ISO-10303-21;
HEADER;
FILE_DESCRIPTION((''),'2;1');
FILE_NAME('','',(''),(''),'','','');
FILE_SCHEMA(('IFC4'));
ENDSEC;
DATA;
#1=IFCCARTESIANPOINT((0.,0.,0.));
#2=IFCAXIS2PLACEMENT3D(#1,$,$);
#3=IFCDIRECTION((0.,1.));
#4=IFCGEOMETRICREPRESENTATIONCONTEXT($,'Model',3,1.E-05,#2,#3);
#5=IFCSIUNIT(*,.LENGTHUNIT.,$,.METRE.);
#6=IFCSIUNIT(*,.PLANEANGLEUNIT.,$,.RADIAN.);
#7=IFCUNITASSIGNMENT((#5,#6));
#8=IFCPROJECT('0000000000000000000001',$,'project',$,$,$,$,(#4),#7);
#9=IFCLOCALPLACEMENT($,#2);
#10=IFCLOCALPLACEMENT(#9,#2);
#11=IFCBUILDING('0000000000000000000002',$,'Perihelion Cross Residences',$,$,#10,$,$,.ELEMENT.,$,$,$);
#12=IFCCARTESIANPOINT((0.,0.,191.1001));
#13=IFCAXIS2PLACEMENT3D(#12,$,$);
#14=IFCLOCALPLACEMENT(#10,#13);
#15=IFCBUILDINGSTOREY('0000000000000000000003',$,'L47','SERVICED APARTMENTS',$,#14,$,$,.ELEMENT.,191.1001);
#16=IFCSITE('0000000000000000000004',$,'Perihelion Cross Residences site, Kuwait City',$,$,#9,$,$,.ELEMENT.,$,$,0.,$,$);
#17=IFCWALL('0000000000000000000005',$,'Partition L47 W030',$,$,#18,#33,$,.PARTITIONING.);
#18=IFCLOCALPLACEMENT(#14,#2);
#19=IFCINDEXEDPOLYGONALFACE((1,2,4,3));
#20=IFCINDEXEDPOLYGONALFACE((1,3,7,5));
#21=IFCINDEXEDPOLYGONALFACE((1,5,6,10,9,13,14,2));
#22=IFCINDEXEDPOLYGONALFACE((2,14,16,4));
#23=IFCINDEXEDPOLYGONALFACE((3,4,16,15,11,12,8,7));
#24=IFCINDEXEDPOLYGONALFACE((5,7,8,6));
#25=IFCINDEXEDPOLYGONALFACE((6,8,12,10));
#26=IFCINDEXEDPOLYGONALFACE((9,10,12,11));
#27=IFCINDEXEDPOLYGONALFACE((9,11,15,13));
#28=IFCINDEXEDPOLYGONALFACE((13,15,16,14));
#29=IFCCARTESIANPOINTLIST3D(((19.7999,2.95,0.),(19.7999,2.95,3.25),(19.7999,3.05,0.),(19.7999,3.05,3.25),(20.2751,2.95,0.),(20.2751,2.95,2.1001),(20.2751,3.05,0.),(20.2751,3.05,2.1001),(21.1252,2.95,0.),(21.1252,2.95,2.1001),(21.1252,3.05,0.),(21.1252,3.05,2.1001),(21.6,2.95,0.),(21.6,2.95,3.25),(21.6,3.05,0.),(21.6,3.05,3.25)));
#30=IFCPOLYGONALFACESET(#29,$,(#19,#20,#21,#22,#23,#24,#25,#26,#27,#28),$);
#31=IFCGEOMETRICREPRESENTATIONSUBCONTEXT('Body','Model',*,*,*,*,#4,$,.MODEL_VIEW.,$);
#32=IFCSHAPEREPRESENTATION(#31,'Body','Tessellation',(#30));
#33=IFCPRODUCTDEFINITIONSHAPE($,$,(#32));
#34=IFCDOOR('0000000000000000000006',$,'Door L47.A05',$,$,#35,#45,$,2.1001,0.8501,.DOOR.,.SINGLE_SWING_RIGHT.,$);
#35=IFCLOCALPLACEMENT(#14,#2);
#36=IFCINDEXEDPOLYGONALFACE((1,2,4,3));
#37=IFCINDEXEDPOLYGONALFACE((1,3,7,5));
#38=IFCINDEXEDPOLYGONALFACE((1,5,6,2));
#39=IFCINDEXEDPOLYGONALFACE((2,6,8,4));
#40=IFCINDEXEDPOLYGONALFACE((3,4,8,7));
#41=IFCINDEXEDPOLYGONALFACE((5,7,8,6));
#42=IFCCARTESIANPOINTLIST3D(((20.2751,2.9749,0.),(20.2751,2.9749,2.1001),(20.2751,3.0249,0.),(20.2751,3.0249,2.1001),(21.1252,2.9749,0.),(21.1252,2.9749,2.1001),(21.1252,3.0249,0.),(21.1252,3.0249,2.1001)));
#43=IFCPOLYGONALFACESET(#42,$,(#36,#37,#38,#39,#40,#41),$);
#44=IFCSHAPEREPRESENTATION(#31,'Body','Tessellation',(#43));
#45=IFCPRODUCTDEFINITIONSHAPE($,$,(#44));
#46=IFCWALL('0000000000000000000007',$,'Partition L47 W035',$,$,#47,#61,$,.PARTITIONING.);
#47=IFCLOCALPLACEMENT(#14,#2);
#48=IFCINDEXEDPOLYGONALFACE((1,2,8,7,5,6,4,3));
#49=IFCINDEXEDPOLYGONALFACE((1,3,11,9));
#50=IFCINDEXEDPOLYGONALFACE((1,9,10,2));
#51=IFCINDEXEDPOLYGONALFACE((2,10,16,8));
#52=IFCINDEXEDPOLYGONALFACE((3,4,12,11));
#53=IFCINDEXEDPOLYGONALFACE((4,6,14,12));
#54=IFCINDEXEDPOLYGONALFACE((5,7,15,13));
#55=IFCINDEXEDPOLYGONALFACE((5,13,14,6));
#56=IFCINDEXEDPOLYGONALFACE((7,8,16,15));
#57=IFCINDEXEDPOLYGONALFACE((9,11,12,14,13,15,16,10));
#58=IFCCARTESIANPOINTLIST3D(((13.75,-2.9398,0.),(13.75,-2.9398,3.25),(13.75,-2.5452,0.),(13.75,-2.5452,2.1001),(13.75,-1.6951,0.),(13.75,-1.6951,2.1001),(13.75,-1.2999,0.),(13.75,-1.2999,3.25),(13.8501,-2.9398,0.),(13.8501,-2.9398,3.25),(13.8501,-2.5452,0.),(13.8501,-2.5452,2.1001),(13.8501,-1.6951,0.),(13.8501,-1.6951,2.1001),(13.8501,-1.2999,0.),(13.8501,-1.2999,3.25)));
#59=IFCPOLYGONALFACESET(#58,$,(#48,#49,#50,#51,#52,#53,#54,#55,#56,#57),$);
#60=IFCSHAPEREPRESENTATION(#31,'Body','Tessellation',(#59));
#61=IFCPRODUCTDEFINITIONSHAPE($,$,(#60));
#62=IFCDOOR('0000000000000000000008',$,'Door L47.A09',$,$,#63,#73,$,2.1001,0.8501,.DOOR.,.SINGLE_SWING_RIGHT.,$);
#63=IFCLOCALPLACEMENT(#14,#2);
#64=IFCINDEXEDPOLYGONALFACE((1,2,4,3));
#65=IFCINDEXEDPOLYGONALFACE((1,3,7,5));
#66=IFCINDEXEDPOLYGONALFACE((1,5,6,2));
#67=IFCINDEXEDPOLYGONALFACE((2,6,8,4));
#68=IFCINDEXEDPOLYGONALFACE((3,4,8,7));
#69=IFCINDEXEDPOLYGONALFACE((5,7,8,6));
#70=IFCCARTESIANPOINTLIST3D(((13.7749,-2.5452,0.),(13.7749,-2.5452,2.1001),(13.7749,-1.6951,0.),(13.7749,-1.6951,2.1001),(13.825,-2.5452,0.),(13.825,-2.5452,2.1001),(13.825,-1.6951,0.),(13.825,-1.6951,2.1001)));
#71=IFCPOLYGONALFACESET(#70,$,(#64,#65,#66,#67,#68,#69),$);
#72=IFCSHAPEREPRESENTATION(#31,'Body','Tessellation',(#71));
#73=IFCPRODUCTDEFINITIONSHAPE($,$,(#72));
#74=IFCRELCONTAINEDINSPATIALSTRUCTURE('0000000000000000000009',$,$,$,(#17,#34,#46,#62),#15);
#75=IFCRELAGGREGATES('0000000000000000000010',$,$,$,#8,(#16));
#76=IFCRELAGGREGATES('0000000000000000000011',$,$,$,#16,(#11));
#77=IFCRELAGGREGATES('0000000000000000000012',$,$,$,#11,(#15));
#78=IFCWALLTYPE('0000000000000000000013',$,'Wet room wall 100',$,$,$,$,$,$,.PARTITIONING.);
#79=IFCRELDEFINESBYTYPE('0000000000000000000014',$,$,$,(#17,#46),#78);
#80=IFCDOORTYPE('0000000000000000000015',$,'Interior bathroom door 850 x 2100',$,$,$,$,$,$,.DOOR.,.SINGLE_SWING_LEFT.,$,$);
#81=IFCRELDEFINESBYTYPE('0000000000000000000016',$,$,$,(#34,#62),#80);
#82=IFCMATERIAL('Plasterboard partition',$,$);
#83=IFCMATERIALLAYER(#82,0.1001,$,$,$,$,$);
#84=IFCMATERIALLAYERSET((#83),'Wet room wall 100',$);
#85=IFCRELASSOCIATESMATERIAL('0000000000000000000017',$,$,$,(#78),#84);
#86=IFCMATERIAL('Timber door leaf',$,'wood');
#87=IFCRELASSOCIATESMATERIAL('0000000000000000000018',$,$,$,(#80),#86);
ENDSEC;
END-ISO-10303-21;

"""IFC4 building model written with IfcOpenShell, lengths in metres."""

from ifc_helpers import new_model, si_unit, direction, frame, frame_2d, origin, place, context, subcontext, project, spatial, rectangle, extrude, material, layer, layer_set, type_object, element, fill, save


model = new_model("IFC4")

# Units and contexts
model_context = context("Model", 3, precision=1e-05, world=origin(), true_north=direction((0.0, 1.0)))
body_context = subcontext(model_context, "Body", "Model", "MODEL_VIEW")
ifc_project = project(units=[si_unit("LENGTHUNIT", "METRE"), si_unit("PLANEANGLEUNIT", "RADIAN")], contexts=[model_context])

# Site, building, storey
site_placement = place(None, origin())
site = spatial("IfcSite", under=ifc_project, at=site_placement, Name="Perihelion Cross Residences site, Kuwait City", CompositionType="ELEMENT", RefElevation=0.0)
building_placement = place(site_placement, origin())
building = spatial("IfcBuilding", under=site, at=building_placement, Name="Perihelion Cross Residences", CompositionType="ELEMENT")
storey_placement = place(building_placement, frame((0.0, 0.0, 191.1001)))
storey = spatial("IfcBuildingStorey", under=building, at=storey_placement, Name="L47", Description="SERVICED APARTMENTS", CompositionType="ELEMENT", Elevation=191.1001)

# Shared definitions
ifc_material_1 = material(Name="Plasterboard partition")
ifc_layer_1 = layer(ifc_material_1, 0.1001)
ifc_layer_set_1 = layer_set([ifc_layer_1], Name="Wet room wall 100")
wall_type_1 = type_object("IfcWallType", Name="Wet room wall 100", PredefinedType="PARTITIONING", material=ifc_layer_set_1)

# Shared definitions
ifc_material_2 = material(Name="Timber door leaf", Category="wood")
door_type_1 = type_object("IfcDoorType", Name="Interior bathroom door 850 x 2100", OperationType="SINGLE_SWING_LEFT", PredefinedType="DOOR", material=ifc_material_2)

# Walls, openings, doors
wall_1_placement = place(storey_placement, frame((19.8, 3.0, 0.0), z_axis=(0.0, 0.0, 1.0), x_axis=(1.0, 0.0, 0.0)))
wall_1 = element("IfcWall", 1, at=wall_1_placement, inside=storey, type_object=wall_type_1, Name="Partition L47 W030", PredefinedType="PARTITIONING", context=body_context, shape_type="SweptSolid", body=[
    extrude(rectangle(XDim=1.8, YDim=0.1001, at=frame_2d((0.8999, 0.0))), origin(), (0.0, 0.0, 1.0), 3.25),
])
opening_1_placement = place(wall_1_placement, frame((0.4751, 0.0, 0.0)))
opening_1 = element("IfcOpeningElement", 2, at=opening_1_placement, cuts=wall_1, PredefinedType="OPENING", context=body_context, shape_type="SweptSolid", body=[
    extrude(rectangle(XDim=0.8501, YDim=2.1001, at=frame_2d((0.425, 1.05))), frame((0.0, 0.0601, 0.0), z_axis=(0.0, -1.0, 0.0), x_axis=(1.0, 0.0, 0.0)), (0.0, 0.0, 1.0), 0.1201),
])
door_1_placement = place(opening_1_placement, origin())
door_1 = element("IfcDoor", 3, at=door_1_placement, inside=storey, type_object=door_type_1, Name="Door L47.A05", OperationType="SINGLE_SWING_RIGHT", OverallHeight=2.1001, OverallWidth=0.8501, PredefinedType="DOOR", context=body_context, shape_type="SweptSolid", body=[
    extrude(rectangle(XDim=0.8501, YDim=2.1001, at=frame_2d((0.425, 1.05))), frame((0.0, 0.0249, 0.0), z_axis=(0.0, -1.0, 0.0), x_axis=(1.0, 0.0, 0.0)), (0.0, 0.0, 1.0), 0.05),
])
fill(opening_1, door_1)
wall_2_placement = place(storey_placement, frame((13.8, -1.3, 0.0), z_axis=(0.0, 0.0, 1.0), x_axis=(0.0, -1.0, 0.0)))
wall_2 = element("IfcWall", 4, at=wall_2_placement, inside=storey, type_object=wall_type_1, Name="Partition L47 W035", PredefinedType="PARTITIONING", context=body_context, shape_type="SweptSolid", body=[
    extrude(rectangle(XDim=1.6399, YDim=0.1001, at=frame_2d((0.8198, 0.0))), origin(), (0.0, 0.0, 1.0), 3.25),
])
opening_2_placement = place(wall_2_placement, frame((0.395, 0.0, 0.0)))
opening_2 = element("IfcOpeningElement", 5, at=opening_2_placement, cuts=wall_2, PredefinedType="OPENING", context=body_context, shape_type="SweptSolid", body=[
    extrude(rectangle(XDim=0.8501, YDim=2.1001, at=frame_2d((0.425, 1.05))), frame((0.0, 0.0601, 0.0), z_axis=(0.0, -1.0, 0.0), x_axis=(1.0, 0.0, 0.0)), (0.0, 0.0, 1.0), 0.1201),
])
door_2_placement = place(opening_2_placement, origin())
door_2 = element("IfcDoor", 6, at=door_2_placement, inside=storey, type_object=door_type_1, Name="Door L47.A09", OperationType="SINGLE_SWING_RIGHT", OverallHeight=2.1001, OverallWidth=0.8501, PredefinedType="DOOR", context=body_context, shape_type="SweptSolid", body=[
    extrude(rectangle(XDim=0.8501, YDim=2.1001, at=frame_2d((0.425, 1.05))), frame((0.0, 0.0249, 0.0), z_axis=(0.0, -1.0, 0.0), x_axis=(1.0, 0.0, 0.0)), (0.0, 0.0, 1.0), 0.05),
])
fill(opening_2, door_2)

save(model, "model.ifc")
